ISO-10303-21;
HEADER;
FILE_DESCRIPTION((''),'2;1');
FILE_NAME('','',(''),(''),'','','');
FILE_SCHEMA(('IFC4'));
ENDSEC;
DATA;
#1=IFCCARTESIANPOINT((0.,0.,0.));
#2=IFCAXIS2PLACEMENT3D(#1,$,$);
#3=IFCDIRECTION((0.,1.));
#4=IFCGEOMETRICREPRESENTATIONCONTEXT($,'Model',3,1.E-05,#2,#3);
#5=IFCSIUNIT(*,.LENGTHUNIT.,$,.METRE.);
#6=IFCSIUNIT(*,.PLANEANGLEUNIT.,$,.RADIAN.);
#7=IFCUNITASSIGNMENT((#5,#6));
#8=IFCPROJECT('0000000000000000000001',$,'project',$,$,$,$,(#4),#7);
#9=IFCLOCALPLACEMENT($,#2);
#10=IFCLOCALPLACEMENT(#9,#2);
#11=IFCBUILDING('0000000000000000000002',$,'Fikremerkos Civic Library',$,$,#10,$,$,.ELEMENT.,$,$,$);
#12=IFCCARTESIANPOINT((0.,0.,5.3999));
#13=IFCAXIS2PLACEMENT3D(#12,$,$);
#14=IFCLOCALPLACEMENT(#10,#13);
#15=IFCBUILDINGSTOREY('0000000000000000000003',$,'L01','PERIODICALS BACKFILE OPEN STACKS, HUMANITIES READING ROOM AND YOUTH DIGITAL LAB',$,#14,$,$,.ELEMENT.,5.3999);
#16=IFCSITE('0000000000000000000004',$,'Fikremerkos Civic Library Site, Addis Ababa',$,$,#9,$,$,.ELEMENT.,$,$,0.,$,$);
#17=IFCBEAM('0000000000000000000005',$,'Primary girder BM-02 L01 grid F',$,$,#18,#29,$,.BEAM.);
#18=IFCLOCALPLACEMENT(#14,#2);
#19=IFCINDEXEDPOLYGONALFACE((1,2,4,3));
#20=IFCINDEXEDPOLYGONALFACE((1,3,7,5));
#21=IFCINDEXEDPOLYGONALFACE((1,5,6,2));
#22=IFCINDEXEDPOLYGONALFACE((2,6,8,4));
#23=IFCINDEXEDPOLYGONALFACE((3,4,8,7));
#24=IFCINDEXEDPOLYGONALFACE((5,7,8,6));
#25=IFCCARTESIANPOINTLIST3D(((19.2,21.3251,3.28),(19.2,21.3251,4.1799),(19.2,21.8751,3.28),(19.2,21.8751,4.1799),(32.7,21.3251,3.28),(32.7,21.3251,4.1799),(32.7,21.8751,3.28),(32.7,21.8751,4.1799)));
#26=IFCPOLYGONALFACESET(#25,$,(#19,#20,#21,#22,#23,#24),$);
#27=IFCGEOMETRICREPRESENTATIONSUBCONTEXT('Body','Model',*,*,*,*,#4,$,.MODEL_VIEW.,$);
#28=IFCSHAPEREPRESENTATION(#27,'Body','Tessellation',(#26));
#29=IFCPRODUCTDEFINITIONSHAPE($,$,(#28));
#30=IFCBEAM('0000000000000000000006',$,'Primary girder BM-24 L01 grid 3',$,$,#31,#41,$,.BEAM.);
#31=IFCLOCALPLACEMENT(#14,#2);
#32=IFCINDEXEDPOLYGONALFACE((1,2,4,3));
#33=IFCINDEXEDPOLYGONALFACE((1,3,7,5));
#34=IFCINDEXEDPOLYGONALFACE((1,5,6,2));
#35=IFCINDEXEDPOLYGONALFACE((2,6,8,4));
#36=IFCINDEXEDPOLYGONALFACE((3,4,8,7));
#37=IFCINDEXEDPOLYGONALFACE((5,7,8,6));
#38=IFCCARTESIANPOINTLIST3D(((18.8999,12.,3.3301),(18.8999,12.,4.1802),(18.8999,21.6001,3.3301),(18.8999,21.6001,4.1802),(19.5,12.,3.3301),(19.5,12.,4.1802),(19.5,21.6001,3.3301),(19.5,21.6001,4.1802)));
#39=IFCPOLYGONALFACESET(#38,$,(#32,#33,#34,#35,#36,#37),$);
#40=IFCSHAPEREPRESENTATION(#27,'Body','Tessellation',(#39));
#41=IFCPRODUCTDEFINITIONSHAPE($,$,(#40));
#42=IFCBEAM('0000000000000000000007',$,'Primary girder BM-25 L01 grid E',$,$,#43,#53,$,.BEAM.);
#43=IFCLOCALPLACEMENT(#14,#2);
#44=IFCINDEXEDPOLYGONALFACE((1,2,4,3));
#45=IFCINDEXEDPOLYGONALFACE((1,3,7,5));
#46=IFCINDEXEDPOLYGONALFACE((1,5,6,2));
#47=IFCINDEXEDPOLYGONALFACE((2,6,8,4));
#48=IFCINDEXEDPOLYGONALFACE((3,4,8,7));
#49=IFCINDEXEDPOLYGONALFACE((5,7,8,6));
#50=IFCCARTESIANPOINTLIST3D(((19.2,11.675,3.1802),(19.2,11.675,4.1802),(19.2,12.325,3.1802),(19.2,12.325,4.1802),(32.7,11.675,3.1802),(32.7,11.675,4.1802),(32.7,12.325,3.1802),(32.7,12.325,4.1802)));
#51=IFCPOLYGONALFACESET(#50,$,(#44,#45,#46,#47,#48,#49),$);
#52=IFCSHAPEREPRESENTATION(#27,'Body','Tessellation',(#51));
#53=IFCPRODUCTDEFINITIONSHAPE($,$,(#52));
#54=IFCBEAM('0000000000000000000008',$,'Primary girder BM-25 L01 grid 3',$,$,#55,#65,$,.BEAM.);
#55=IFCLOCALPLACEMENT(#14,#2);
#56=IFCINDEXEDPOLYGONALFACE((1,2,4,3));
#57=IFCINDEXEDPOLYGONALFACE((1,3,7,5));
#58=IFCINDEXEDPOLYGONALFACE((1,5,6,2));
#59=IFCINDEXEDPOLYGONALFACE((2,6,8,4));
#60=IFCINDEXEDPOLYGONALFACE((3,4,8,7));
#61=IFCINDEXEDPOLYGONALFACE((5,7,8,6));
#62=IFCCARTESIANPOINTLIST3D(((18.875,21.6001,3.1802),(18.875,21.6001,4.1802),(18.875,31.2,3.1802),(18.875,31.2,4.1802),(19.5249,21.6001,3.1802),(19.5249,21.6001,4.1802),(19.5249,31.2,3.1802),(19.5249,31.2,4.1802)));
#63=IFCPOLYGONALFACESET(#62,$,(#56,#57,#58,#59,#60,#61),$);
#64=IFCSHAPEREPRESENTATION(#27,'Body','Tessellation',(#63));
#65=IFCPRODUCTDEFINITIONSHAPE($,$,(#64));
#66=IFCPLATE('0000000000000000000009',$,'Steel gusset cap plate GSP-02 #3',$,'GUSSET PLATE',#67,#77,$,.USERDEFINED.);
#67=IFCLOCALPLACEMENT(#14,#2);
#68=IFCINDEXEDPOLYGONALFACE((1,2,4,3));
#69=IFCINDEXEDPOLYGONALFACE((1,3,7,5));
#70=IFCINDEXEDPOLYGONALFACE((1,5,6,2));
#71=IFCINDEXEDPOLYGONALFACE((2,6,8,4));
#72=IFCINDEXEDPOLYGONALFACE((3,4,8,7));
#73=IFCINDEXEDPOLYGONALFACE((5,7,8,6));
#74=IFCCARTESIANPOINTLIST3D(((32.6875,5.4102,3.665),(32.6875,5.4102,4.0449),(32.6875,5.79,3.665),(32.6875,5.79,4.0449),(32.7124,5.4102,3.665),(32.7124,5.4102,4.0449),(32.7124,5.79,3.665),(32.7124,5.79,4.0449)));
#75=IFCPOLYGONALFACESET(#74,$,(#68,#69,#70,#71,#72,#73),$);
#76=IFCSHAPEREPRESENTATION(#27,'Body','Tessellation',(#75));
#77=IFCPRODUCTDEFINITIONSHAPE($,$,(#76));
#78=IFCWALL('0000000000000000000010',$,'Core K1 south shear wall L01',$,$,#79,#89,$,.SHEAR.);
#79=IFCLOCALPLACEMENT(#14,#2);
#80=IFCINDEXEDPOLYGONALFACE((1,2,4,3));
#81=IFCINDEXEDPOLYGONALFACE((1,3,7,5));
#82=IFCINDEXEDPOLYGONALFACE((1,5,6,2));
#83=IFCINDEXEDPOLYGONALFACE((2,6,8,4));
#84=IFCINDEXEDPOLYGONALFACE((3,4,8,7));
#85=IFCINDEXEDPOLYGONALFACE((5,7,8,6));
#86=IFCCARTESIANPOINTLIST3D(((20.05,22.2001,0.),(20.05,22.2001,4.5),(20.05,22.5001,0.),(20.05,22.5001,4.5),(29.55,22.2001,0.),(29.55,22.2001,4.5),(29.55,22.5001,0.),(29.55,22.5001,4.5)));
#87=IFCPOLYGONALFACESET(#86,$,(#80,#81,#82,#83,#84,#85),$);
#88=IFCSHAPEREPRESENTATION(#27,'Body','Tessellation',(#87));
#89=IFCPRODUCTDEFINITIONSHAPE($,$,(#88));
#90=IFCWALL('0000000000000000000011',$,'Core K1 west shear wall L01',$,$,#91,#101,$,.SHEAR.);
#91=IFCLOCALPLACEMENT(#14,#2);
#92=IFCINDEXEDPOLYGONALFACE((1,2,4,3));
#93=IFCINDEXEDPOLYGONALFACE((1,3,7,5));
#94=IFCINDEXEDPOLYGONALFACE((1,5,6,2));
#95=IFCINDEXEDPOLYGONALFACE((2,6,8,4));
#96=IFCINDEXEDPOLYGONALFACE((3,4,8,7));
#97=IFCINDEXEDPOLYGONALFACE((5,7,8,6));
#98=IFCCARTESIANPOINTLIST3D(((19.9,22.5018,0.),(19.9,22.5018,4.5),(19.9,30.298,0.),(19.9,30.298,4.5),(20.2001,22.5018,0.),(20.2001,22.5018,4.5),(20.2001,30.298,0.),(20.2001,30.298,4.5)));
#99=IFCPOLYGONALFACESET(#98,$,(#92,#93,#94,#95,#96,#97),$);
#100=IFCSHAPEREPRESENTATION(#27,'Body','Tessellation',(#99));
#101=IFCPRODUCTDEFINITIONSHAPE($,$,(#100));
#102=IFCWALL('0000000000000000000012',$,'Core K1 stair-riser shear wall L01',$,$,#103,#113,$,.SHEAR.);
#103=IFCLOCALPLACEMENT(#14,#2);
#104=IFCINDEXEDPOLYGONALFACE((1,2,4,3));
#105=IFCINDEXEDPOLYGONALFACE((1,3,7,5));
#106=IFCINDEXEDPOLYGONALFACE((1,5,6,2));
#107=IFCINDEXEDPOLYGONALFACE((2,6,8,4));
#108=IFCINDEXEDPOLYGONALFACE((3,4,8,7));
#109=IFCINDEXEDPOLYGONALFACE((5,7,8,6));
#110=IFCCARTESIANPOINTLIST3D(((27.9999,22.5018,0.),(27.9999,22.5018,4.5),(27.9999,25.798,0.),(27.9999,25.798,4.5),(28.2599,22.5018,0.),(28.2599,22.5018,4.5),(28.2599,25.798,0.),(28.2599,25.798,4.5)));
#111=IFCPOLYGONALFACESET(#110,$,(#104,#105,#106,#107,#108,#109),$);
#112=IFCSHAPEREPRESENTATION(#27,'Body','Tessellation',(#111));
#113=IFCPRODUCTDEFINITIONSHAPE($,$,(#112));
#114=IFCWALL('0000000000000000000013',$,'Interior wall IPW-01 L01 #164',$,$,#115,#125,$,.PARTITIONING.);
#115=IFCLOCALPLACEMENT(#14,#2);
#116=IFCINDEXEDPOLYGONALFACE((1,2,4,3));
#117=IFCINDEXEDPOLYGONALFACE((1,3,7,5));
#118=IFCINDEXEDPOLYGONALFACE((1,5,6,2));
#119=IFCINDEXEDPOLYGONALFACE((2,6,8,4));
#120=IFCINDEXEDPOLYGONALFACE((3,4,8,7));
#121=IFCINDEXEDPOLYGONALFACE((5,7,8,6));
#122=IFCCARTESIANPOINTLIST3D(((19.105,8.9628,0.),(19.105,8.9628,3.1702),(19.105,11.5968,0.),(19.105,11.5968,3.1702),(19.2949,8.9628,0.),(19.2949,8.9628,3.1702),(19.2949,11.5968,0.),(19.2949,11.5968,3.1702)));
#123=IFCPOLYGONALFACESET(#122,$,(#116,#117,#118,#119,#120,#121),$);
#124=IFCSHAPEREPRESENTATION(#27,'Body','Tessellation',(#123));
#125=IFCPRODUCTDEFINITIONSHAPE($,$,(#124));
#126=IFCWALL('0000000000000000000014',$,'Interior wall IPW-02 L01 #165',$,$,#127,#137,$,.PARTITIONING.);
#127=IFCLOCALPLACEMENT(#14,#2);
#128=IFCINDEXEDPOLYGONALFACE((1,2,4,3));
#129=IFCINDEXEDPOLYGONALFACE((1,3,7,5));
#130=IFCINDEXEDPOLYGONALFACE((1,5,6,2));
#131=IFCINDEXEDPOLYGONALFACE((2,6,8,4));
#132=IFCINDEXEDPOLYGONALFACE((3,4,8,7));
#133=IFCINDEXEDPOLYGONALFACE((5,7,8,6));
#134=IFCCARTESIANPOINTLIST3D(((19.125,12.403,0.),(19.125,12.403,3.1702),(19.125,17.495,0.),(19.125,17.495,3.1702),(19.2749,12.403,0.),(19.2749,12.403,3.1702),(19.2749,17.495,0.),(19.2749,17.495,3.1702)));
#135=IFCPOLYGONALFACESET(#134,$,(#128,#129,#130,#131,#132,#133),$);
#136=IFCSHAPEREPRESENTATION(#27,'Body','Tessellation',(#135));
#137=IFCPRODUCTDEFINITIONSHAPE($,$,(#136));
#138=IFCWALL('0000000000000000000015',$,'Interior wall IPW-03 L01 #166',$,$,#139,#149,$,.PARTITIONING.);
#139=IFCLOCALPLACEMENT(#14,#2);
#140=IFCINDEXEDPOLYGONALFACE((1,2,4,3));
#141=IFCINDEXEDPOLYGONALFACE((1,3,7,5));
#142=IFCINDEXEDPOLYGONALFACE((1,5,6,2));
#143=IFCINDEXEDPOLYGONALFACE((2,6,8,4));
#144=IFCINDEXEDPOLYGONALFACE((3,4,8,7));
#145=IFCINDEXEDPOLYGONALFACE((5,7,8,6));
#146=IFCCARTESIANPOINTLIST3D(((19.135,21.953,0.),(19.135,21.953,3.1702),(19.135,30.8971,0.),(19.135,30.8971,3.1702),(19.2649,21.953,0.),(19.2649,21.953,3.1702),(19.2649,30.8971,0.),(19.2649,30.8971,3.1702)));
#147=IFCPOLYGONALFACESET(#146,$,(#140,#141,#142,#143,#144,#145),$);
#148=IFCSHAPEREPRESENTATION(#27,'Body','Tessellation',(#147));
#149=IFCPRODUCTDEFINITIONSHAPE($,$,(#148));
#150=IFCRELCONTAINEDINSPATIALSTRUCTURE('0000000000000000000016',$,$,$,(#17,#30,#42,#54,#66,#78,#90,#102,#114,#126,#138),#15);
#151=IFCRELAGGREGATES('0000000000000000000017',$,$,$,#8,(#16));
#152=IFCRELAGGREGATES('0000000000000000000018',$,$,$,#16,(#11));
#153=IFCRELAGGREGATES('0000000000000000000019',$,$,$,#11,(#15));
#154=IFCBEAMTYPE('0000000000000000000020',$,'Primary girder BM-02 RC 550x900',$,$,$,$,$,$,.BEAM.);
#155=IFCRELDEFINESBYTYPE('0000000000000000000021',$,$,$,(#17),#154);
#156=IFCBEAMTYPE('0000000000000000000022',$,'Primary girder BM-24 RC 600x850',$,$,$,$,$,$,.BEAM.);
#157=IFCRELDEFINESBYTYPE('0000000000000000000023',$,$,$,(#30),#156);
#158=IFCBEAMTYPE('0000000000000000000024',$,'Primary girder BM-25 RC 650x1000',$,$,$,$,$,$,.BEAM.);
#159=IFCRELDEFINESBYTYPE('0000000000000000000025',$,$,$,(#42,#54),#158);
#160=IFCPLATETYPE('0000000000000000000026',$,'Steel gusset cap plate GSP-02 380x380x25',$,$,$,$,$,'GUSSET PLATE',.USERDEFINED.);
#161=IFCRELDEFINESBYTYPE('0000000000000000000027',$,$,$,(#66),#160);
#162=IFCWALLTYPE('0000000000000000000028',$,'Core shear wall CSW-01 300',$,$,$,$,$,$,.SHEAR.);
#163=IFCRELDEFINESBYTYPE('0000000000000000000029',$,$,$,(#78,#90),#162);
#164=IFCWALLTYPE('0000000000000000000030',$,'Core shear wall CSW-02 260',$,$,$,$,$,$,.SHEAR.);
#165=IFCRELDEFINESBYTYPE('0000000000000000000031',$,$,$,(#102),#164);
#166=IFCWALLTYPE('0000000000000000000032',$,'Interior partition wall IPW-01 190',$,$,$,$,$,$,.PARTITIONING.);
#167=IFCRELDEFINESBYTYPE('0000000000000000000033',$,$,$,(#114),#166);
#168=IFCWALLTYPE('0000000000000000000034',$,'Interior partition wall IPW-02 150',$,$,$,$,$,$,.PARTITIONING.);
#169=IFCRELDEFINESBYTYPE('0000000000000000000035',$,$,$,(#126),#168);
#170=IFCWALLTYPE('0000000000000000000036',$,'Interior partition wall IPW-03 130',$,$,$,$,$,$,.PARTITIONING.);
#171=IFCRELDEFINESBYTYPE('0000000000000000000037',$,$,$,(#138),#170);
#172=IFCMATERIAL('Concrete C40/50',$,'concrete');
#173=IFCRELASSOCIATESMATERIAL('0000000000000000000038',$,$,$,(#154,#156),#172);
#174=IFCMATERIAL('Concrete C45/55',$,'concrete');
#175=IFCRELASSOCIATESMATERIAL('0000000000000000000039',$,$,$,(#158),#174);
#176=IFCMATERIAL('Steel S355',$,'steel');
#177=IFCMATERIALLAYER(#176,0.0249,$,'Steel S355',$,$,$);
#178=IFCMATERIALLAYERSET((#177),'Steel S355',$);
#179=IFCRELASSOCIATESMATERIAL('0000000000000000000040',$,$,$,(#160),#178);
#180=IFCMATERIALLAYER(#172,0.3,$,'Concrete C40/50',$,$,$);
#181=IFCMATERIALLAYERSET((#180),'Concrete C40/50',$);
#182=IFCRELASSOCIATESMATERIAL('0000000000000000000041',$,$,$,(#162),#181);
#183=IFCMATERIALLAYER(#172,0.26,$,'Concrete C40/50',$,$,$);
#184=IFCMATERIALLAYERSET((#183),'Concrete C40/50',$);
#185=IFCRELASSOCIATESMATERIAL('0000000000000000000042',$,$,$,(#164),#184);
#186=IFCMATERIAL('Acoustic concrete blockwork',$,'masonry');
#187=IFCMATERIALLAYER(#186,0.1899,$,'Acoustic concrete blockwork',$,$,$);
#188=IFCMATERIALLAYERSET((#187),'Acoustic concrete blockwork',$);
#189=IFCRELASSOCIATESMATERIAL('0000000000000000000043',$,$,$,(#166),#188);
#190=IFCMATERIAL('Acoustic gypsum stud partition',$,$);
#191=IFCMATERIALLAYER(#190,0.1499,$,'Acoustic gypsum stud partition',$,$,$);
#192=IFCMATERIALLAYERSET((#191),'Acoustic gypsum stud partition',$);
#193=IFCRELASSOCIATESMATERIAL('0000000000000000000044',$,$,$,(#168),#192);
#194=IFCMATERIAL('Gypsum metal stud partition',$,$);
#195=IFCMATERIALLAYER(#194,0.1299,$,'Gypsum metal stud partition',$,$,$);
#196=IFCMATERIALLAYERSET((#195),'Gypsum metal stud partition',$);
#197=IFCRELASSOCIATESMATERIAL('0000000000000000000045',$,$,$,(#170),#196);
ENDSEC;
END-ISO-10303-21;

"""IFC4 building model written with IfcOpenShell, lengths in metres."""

from ifc_helpers import new_model, si_unit, direction, frame, frame_2d, origin, origin_2d, place, context, subcontext, project, spatial, rectangle, extrude, material, layer, layer_set, material_profile, profile_set, type_object, element, save


model = new_model("IFC4")

# Units and contexts
model_context = context("Model", 3, precision=1e-05, world=origin(), true_north=direction((0.0, 1.0)))
body_context = subcontext(model_context, "Body", "Model", "MODEL_VIEW")
ifc_project = project(units=[si_unit("LENGTHUNIT", "METRE"), si_unit("PLANEANGLEUNIT", "RADIAN")], contexts=[model_context])

# Site, building, storey
site_placement = place(None, origin())
site = spatial("IfcSite", under=ifc_project, at=site_placement, Name="Fikremerkos Civic Library Site, Addis Ababa", CompositionType="ELEMENT", RefElevation=0.0)
building_placement = place(site_placement, origin())
building = spatial("IfcBuilding", under=site, at=building_placement, Name="Fikremerkos Civic Library", CompositionType="ELEMENT")
storey_placement = place(building_placement, frame((0.0, 0.0, 5.3999)))
storey = spatial("IfcBuildingStorey", under=building, at=storey_placement, Name="L01", Description="PERIODICALS BACKFILE OPEN STACKS, HUMANITIES READING ROOM AND YOUTH DIGITAL LAB", CompositionType="ELEMENT", Elevation=5.3999)

# Shared definitions
ifc_material_1 = material(Name="Concrete C40/50", Category="concrete")

# Beams
ifc_material_2 = material(Name="Steel S355", Category="steel")
ifc_material_profile_1 = material_profile(ifc_material_1, rectangle(XDim=0.55, YDim=0.8999, at=origin_2d()), Name="RC 550x900")
ifc_profile_set_1 = profile_set([ifc_material_profile_1], Name="Concrete C40/50")
beam_type_1 = type_object("IfcBeamType", Name="Primary girder BM-02 RC 550x900", PredefinedType="BEAM", material=ifc_profile_set_1)
beam_1_placement = place(storey_placement, frame((19.2, 21.6001, 3.73), z_axis=(1.0, 0.0, 0.0), x_axis=(0.0, 1.0, 0.0)))
element("IfcBeam", 1, at=beam_1_placement, inside=storey, type_object=beam_type_1, Name="Primary girder BM-02 L01 grid F", PredefinedType="BEAM", context=body_context, shape_type="SweptSolid", body=[
    extrude(rectangle(XDim=0.55, YDim=0.8999, at=origin_2d()), origin(), (0.0, 0.0, 1.0), 13.5),
])
ifc_material_profile_2 = material_profile(ifc_material_1, rectangle(XDim=0.6001, YDim=0.8501, at=origin_2d()), Name="RC 600x850")
ifc_profile_set_2 = profile_set([ifc_material_profile_2], Name="Concrete C40/50")
beam_type_2 = type_object("IfcBeamType", Name="Primary girder BM-24 RC 600x850", PredefinedType="BEAM", material=ifc_profile_set_2)
beam_2_placement = place(storey_placement, frame((19.2, 12.0, 3.7551), z_axis=(0.0, 1.0, 0.0), x_axis=(-1.0, 0.0, 0.0)))
element("IfcBeam", 2, at=beam_2_placement, inside=storey, type_object=beam_type_2, Name="Primary girder BM-24 L01 grid 3", PredefinedType="BEAM", context=body_context, shape_type="SweptSolid", body=[
    extrude(rectangle(XDim=0.6001, YDim=0.8501, at=origin_2d()), origin(), (0.0, 0.0, 1.0), 9.6001),
])
ifc_material_3 = material(Name="Concrete C45/55", Category="concrete")
ifc_material_profile_3 = material_profile(ifc_material_3, rectangle(XDim=0.6499, YDim=1.0, at=origin_2d()), Name="RC 650x1000")
ifc_profile_set_3 = profile_set([ifc_material_profile_3], Name="Concrete C45/55")
beam_type_3 = type_object("IfcBeamType", Name="Primary girder BM-25 RC 650x1000", PredefinedType="BEAM", material=ifc_profile_set_3)
beam_3_placement = place(storey_placement, frame((19.2, 12.0, 3.6802), z_axis=(1.0, 0.0, 0.0), x_axis=(0.0, 1.0, 0.0)))
element("IfcBeam", 3, at=beam_3_placement, inside=storey, type_object=beam_type_3, Name="Primary girder BM-25 L01 grid E", PredefinedType="BEAM", context=body_context, shape_type="SweptSolid", body=[
    extrude(rectangle(XDim=0.6499, YDim=1.0, at=origin_2d()), origin(), (0.0, 0.0, 1.0), 13.5),
])
beam_4_placement = place(storey_placement, frame((19.2, 21.6001, 3.6802), z_axis=(0.0, 1.0, 0.0), x_axis=(-1.0, 0.0, 0.0)))
element("IfcBeam", 4, at=beam_4_placement, inside=storey, type_object=beam_type_3, Name="Primary girder BM-25 L01 grid 3", PredefinedType="BEAM", context=body_context, shape_type="SweptSolid", body=[
    extrude(rectangle(XDim=0.6499, YDim=1.0, at=origin_2d()), origin(), (0.0, 0.0, 1.0), 9.5999),
])

# Plate
ifc_layer_1 = layer(ifc_material_2, 0.0249, Name="Steel S355")
ifc_layer_set_1 = layer_set([ifc_layer_1], Name="Steel S355")
plate_type = type_object("IfcPlateType", Name="Steel gusset cap plate GSP-02 380x380x25", ElementType="GUSSET PLATE", PredefinedType="USERDEFINED", material=ifc_layer_set_1)
plate_placement = place(storey_placement, frame((32.7, 5.6001, 3.665), z_axis=(0.0, 0.0, 1.0), x_axis=(1.0, 0.0, 0.0)))
element("IfcPlate", 5, at=plate_placement, inside=storey, type_object=plate_type, Name="Steel gusset cap plate GSP-02 #3", ObjectType="GUSSET PLATE", PredefinedType="USERDEFINED", context=body_context, shape_type="SweptSolid", body=[
    extrude(rectangle(XDim=0.0249, YDim=0.3799, at=origin_2d()), origin(), (0.0, 0.0, 1.0), 0.3799),
])

# Walls
ifc_layer_2 = layer(ifc_material_1, 0.3, Name="Concrete C40/50")
ifc_layer_set_2 = layer_set([ifc_layer_2], Name="Concrete C40/50")
wall_type_1 = type_object("IfcWallType", Name="Core shear wall CSW-01 300", PredefinedType="SHEAR", material=ifc_layer_set_2)
wall_1_placement = place(storey_placement, frame((29.55, 22.3501, 0.0), z_axis=(0.0, 0.0, 1.0), x_axis=(-1.0, 0.0, 0.0)))
element("IfcWall", 6, at=wall_1_placement, inside=storey, type_object=wall_type_1, Name="Core K1 south shear wall L01", PredefinedType="SHEAR", context=body_context, shape_type="SweptSolid", body=[
    extrude(rectangle(XDim=9.5, YDim=0.3, at=frame_2d((4.75, 0.0))), origin(), (0.0, 0.0, 1.0), 4.5),
])
wall_2_placement = place(storey_placement, frame((20.05, 22.502, 0.0), z_axis=(0.0, 0.0, 1.0), x_axis=(0.0, 1.0, 0.0)))
element("IfcWall", 7, at=wall_2_placement, inside=storey, type_object=wall_type_1, Name="Core K1 west shear wall L01", PredefinedType="SHEAR", context=body_context, shape_type="SweptSolid", body=[
    extrude(rectangle(XDim=7.7961, YDim=0.3, at=frame_2d((3.8979, 0.0))), origin(), (0.0, 0.0, 1.0), 4.5),
])
ifc_layer_3 = layer(ifc_material_1, 0.26, Name="Concrete C40/50")
ifc_layer_set_3 = layer_set([ifc_layer_3], Name="Concrete C40/50")
wall_type_2 = type_object("IfcWallType", Name="Core shear wall CSW-02 260", PredefinedType="SHEAR", material=ifc_layer_set_3)
wall_3_placement = place(storey_placement, frame((28.1299, 22.502, 0.0), z_axis=(0.0, 0.0, 1.0), x_axis=(0.0, 1.0, 0.0)))
element("IfcWall", 8, at=wall_3_placement, inside=storey, type_object=wall_type_2, Name="Core K1 stair-riser shear wall L01", PredefinedType="SHEAR", context=body_context, shape_type="SweptSolid", body=[
    extrude(rectangle(XDim=3.2961, YDim=0.26, at=frame_2d((1.6479, 0.0))), origin(), (0.0, 0.0, 1.0), 4.5),
])

# Walls
ifc_material_4 = material(Name="Acoustic concrete blockwork", Category="masonry")
ifc_layer_4 = layer(ifc_material_4, 0.1899, Name="Acoustic concrete blockwork")
ifc_layer_set_4 = layer_set([ifc_layer_4], Name="Acoustic concrete blockwork")
wall_type_3 = type_object("IfcWallType", Name="Interior partition wall IPW-01 190", PredefinedType="PARTITIONING", material=ifc_layer_set_4)
wall_4_placement = place(storey_placement, frame((19.2, 8.9629, 0.0), z_axis=(0.0, 0.0, 1.0), x_axis=(0.0, 1.0, 0.0)))
element("IfcWall", 9, at=wall_4_placement, inside=storey, type_object=wall_type_3, Name="Interior wall IPW-01 L01 #164", PredefinedType="PARTITIONING", context=body_context, shape_type="SweptSolid", body=[
    extrude(rectangle(XDim=2.634, YDim=0.1899, at=frame_2d((1.3169, 0.0))), origin(), (0.0, 0.0, 1.0), 3.1702),
])
ifc_material_5 = material(Name="Acoustic gypsum stud partition")
ifc_layer_5 = layer(ifc_material_5, 0.1499, Name="Acoustic gypsum stud partition")
ifc_layer_set_5 = layer_set([ifc_layer_5], Name="Acoustic gypsum stud partition")
wall_type_4 = type_object("IfcWallType", Name="Interior partition wall IPW-02 150", PredefinedType="PARTITIONING", material=ifc_layer_set_5)
wall_5_placement = place(storey_placement, frame((19.2, 12.4031, 0.0), z_axis=(0.0, 0.0, 1.0), x_axis=(0.0, 1.0, 0.0)))
element("IfcWall", 10, at=wall_5_placement, inside=storey, type_object=wall_type_4, Name="Interior wall IPW-02 L01 #165", PredefinedType="PARTITIONING", context=body_context, shape_type="SweptSolid", body=[
    extrude(rectangle(XDim=5.092, YDim=0.1499, at=frame_2d((2.5459, 0.0))), origin(), (0.0, 0.0, 1.0), 3.1702),
])
ifc_material_6 = material(Name="Gypsum metal stud partition")
ifc_layer_6 = layer(ifc_material_6, 0.1299, Name="Gypsum metal stud partition")
ifc_layer_set_6 = layer_set([ifc_layer_6], Name="Gypsum metal stud partition")
wall_type_5 = type_object("IfcWallType", Name="Interior partition wall IPW-03 130", PredefinedType="PARTITIONING", material=ifc_layer_set_6)
wall_6_placement = place(storey_placement, frame((19.2, 21.9529, 0.0), z_axis=(0.0, 0.0, 1.0), x_axis=(0.0, 1.0, 0.0)))
element("IfcWall", 11, at=wall_6_placement, inside=storey, type_object=wall_type_5, Name="Interior wall IPW-03 L01 #166", PredefinedType="PARTITIONING", context=body_context, shape_type="SweptSolid", body=[
    extrude(rectangle(XDim=8.9441, YDim=0.1299, at=frame_2d((4.4722, 0.0))), origin(), (0.0, 0.0, 1.0), 3.1702),
])

save(model, "model.ifc")
